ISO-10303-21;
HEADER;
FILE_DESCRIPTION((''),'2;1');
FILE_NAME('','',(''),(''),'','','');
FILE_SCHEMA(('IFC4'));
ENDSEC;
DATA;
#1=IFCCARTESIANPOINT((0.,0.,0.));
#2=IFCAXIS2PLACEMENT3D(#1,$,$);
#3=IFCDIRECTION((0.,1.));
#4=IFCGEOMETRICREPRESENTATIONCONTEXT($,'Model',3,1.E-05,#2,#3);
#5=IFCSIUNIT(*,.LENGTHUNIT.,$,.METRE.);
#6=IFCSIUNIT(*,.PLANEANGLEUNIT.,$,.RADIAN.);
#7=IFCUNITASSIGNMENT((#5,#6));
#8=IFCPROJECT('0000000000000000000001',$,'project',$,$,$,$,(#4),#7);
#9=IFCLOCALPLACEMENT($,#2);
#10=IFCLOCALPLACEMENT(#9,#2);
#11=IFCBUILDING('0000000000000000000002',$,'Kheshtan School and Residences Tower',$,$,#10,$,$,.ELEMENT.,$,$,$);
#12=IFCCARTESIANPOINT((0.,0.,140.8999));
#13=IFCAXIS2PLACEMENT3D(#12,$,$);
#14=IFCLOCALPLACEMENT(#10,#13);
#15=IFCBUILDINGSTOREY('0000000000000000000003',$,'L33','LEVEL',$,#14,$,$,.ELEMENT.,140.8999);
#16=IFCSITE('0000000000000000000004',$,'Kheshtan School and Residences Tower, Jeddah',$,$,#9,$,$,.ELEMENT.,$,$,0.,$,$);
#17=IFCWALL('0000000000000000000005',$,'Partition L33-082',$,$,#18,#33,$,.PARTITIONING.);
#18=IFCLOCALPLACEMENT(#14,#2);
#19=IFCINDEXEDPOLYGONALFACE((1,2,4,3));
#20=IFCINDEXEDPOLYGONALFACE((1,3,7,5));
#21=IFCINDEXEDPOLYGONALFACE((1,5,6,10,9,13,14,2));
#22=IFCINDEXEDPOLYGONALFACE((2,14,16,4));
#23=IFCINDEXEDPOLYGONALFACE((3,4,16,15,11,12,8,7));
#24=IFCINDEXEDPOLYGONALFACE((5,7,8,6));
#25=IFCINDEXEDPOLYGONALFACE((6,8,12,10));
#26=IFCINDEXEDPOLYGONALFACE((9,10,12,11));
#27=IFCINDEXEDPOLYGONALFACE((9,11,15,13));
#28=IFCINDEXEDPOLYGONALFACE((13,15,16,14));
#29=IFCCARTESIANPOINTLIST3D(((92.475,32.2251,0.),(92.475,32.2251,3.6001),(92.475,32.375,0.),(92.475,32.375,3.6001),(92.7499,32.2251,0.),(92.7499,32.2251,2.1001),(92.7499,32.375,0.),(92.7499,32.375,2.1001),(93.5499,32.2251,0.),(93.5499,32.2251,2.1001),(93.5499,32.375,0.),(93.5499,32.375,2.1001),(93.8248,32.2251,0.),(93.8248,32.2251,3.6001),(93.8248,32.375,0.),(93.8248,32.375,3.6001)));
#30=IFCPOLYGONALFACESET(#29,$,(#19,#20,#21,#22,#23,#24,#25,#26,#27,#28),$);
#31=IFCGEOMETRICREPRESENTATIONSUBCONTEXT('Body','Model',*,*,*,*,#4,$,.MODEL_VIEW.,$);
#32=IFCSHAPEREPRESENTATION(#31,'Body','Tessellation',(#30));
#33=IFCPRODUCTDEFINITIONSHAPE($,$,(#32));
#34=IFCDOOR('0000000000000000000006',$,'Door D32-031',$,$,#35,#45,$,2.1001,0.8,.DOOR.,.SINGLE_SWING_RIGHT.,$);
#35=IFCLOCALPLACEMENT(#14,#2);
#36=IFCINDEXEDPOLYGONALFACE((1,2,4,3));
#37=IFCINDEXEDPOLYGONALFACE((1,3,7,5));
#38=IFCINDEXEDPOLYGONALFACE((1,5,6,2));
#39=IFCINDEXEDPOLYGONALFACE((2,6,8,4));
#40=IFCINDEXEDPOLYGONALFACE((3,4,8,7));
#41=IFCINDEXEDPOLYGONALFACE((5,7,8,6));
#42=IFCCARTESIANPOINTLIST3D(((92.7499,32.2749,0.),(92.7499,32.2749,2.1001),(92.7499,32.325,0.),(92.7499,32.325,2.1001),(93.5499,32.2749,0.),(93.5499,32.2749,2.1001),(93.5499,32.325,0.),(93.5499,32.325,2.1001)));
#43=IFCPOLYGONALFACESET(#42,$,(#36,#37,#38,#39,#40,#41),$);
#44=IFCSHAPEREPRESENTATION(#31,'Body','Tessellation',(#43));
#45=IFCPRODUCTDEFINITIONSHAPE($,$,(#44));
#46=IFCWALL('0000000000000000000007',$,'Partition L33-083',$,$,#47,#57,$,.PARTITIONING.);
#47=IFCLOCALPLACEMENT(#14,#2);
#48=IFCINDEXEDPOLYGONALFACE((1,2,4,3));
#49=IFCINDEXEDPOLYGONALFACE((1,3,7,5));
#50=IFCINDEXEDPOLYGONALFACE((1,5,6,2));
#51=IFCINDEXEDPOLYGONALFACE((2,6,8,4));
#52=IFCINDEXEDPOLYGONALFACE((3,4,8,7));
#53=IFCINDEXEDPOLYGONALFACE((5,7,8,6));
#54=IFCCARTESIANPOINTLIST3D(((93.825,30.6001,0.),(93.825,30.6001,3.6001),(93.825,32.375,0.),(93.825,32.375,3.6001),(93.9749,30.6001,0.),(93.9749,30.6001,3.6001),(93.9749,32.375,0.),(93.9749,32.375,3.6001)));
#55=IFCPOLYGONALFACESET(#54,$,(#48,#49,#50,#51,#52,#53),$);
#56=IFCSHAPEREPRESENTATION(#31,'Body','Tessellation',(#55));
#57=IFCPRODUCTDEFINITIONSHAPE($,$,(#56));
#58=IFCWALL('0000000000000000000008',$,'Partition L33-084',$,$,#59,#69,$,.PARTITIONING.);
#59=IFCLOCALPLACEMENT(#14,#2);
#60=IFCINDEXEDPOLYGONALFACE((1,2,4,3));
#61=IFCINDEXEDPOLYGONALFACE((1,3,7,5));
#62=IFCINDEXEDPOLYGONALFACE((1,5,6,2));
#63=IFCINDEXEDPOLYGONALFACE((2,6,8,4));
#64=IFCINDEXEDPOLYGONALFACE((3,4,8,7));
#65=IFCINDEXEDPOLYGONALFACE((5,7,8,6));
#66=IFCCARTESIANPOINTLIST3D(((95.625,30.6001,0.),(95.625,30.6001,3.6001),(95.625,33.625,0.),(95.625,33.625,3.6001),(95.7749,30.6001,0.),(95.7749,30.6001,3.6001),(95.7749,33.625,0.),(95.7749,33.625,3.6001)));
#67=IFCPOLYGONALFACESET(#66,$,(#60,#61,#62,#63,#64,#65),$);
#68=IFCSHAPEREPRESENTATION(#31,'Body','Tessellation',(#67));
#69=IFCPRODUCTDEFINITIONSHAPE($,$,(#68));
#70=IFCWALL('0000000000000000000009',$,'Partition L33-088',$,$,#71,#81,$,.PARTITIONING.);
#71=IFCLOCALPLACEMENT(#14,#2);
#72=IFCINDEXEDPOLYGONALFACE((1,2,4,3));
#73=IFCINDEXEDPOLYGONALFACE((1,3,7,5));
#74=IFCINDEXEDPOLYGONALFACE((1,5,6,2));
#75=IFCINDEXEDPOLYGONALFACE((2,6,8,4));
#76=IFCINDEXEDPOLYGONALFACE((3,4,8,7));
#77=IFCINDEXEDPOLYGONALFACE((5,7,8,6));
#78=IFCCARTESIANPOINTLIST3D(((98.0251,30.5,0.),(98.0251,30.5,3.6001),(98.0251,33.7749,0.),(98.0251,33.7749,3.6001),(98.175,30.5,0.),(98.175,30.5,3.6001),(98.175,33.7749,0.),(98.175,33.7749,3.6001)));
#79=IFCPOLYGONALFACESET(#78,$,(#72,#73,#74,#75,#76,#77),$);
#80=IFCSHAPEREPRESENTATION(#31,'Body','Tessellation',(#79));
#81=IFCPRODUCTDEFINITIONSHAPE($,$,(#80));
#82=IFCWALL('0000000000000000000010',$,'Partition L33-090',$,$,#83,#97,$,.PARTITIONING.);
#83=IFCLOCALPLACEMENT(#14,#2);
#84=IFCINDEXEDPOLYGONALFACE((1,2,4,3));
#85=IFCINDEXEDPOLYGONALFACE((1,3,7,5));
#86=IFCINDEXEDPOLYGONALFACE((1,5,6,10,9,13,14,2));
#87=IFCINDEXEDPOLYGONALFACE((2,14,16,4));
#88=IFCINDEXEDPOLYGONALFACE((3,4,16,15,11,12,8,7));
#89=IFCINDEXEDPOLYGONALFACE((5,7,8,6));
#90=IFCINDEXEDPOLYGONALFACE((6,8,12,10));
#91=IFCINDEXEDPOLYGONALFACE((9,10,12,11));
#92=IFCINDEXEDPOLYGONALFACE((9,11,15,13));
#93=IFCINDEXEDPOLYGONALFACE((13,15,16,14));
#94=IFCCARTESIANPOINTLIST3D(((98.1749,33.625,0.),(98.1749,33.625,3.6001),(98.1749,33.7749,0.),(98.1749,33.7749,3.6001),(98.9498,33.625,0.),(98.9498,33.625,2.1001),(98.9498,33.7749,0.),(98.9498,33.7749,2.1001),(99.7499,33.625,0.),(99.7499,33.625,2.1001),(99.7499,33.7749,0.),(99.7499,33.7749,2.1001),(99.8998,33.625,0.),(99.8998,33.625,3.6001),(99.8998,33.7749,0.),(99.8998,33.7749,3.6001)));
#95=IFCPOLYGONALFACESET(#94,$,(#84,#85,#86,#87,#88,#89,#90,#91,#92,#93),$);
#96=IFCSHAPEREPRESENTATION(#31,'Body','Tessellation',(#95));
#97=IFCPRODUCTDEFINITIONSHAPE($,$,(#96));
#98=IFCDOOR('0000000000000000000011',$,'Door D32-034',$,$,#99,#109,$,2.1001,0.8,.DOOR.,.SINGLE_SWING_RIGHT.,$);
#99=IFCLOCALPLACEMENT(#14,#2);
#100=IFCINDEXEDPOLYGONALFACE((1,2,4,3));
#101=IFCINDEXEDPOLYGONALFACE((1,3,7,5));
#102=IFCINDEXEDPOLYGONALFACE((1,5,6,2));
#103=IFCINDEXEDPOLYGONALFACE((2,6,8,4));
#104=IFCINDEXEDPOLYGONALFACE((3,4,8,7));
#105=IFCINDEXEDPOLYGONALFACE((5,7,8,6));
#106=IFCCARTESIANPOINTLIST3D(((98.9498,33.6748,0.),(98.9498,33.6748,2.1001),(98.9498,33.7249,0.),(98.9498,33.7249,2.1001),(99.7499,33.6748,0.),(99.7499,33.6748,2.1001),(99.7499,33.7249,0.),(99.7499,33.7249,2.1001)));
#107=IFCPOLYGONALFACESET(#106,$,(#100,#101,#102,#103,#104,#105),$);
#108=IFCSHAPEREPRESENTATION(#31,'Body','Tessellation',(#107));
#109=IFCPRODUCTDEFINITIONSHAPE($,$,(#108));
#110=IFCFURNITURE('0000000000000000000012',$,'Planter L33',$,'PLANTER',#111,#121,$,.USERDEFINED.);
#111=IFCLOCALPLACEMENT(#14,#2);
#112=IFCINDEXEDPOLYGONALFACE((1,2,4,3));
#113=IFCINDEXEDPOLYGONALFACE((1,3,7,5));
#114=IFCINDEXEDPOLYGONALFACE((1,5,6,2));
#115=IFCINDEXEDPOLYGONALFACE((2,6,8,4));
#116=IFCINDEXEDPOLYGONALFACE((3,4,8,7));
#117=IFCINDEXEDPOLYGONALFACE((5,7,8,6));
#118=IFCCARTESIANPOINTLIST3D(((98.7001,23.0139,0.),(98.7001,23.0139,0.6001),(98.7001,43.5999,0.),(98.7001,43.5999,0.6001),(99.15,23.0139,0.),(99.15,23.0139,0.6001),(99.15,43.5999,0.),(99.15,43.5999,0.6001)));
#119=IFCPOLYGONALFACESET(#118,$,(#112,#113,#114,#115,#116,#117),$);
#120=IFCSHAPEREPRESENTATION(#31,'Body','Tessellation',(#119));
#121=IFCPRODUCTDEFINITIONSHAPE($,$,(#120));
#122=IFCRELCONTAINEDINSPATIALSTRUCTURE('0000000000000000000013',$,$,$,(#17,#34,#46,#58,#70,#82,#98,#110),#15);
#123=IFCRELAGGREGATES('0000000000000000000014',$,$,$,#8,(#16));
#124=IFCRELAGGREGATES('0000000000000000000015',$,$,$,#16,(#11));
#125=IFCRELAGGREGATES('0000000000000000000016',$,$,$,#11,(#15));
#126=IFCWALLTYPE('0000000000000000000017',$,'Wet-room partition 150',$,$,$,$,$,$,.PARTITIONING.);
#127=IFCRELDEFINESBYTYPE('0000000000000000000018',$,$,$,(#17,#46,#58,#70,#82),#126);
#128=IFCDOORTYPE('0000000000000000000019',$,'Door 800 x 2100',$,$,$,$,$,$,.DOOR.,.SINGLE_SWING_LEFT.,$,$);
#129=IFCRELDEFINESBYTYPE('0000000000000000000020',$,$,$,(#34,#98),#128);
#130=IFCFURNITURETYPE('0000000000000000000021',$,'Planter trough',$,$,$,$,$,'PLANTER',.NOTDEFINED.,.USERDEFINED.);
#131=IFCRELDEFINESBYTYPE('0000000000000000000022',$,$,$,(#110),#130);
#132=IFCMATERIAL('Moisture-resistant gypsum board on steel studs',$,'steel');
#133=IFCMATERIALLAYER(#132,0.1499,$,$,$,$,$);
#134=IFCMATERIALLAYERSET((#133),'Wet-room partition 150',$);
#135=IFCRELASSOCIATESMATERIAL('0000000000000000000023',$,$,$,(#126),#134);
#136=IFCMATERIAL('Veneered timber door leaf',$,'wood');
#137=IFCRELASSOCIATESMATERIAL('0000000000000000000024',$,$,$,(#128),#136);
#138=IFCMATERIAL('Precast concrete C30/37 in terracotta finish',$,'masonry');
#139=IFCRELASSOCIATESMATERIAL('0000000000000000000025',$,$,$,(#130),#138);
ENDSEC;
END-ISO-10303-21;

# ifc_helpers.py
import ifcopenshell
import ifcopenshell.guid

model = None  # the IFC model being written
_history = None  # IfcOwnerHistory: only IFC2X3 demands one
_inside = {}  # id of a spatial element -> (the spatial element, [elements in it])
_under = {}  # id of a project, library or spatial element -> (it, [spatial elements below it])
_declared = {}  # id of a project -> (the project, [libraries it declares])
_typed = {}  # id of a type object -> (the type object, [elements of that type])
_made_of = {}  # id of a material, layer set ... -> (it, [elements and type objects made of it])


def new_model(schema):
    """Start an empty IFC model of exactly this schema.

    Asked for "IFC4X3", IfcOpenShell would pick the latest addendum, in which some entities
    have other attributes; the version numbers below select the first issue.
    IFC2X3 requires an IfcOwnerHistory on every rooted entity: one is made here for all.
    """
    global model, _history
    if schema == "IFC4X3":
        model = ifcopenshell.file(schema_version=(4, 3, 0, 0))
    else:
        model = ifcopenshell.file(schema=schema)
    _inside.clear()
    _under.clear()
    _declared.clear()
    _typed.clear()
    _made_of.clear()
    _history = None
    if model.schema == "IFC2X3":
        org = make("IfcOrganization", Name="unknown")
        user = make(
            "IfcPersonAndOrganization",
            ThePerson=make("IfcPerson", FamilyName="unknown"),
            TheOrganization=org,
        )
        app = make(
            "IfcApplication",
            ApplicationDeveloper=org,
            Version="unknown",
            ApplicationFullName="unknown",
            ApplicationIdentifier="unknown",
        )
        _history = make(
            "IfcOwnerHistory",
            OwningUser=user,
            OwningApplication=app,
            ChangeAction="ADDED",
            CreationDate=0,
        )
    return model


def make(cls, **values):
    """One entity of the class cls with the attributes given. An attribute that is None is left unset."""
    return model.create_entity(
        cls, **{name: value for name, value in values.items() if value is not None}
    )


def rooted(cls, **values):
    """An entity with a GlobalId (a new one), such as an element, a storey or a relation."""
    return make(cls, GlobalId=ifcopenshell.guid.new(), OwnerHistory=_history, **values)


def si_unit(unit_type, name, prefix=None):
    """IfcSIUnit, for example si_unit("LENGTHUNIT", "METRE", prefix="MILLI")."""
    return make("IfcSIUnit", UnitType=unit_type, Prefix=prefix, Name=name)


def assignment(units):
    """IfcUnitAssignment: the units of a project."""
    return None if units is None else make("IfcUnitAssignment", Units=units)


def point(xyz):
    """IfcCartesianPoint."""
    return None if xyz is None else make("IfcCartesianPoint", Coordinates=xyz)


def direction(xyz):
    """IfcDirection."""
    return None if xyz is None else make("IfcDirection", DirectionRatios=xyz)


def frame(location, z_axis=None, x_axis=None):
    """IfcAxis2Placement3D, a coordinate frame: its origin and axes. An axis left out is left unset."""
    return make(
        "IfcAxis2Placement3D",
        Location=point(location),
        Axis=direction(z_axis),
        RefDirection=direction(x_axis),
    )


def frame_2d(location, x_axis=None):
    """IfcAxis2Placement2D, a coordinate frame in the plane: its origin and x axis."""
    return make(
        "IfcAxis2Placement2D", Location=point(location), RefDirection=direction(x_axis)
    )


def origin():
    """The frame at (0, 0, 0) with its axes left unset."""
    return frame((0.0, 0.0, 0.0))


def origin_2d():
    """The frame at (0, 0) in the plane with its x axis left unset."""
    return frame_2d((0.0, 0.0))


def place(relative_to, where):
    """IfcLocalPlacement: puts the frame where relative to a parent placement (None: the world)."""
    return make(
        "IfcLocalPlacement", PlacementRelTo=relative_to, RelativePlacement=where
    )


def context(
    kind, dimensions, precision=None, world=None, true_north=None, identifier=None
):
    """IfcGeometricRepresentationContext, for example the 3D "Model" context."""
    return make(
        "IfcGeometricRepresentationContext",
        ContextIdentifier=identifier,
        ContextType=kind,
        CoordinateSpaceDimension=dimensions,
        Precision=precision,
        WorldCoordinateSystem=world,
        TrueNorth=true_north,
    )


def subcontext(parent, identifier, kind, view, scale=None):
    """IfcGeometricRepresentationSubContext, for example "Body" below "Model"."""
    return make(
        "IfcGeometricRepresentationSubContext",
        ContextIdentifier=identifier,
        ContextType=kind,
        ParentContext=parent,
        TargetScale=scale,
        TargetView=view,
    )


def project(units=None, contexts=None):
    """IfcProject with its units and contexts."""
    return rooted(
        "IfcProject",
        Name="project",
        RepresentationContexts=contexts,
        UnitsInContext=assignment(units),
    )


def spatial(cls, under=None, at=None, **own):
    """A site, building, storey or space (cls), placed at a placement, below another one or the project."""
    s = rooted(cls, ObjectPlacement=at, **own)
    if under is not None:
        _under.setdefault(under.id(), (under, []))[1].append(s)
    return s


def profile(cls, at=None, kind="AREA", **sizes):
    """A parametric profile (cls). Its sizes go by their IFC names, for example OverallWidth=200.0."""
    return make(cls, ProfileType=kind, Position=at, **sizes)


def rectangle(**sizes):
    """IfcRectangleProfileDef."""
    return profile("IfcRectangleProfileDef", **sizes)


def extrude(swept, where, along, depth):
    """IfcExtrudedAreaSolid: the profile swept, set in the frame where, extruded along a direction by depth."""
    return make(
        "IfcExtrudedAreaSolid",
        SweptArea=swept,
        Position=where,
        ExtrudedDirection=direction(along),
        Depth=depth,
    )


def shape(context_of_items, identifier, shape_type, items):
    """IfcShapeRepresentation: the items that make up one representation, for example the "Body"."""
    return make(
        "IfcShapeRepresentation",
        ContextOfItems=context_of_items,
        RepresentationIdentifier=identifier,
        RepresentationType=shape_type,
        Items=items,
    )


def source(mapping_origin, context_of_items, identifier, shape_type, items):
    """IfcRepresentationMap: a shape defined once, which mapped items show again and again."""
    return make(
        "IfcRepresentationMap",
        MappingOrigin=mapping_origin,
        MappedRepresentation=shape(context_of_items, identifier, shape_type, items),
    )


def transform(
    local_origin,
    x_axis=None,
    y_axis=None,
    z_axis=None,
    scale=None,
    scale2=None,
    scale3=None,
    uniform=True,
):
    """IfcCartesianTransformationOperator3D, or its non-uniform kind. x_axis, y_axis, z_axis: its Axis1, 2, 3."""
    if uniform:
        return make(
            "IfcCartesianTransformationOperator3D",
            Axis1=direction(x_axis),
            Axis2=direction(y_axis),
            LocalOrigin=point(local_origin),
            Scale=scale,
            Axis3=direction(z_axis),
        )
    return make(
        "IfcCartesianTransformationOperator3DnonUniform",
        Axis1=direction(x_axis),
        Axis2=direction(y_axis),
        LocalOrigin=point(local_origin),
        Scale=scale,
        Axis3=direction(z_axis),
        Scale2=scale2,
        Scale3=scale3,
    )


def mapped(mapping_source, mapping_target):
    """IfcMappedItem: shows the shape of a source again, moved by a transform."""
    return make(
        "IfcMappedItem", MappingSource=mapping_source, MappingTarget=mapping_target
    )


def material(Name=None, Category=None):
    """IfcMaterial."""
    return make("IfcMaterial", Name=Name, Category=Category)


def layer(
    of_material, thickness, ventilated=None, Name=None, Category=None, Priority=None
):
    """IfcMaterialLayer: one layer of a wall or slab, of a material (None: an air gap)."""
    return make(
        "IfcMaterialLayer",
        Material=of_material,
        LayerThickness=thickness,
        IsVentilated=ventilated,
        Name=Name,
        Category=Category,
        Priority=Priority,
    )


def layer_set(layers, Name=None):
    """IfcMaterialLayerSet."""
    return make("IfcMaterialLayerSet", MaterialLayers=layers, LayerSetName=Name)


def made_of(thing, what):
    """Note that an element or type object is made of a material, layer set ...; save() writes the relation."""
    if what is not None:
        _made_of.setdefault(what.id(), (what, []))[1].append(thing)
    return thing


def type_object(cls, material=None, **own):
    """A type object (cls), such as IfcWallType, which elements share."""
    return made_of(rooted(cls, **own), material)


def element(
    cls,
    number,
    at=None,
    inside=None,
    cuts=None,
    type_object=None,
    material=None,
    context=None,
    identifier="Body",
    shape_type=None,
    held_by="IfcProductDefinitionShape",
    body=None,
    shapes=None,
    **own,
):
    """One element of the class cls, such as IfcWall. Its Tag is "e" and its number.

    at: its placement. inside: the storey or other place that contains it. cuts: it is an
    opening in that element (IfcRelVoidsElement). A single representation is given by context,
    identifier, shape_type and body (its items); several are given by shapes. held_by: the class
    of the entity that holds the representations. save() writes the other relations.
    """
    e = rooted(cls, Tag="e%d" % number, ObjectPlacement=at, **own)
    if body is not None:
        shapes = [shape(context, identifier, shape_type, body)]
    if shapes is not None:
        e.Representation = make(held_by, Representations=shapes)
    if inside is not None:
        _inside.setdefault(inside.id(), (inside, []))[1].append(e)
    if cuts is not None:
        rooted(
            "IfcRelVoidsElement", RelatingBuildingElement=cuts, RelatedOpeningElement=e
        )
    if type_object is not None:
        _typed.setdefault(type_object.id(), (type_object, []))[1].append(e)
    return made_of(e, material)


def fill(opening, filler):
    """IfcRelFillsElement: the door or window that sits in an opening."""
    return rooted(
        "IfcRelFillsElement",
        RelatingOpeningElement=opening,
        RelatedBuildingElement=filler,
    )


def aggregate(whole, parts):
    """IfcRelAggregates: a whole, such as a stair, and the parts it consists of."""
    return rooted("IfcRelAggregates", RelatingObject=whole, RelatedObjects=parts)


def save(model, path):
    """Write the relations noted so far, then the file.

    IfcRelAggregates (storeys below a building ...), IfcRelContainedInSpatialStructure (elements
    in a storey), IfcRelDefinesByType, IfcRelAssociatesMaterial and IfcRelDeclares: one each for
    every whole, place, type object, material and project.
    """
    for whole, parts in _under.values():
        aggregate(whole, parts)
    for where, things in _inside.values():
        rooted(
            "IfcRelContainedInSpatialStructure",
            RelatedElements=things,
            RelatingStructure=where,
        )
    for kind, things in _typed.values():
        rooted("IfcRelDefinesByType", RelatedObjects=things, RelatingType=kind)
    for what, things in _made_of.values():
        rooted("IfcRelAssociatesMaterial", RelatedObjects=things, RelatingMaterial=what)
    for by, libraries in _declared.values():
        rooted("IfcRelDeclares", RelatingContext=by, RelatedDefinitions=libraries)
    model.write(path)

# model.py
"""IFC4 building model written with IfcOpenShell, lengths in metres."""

from ifc_helpers import new_model, si_unit, direction, frame, frame_2d, origin, origin_2d, place, context, subcontext, project, spatial, rectangle, extrude, source, transform, mapped, material, layer, layer_set, type_object, element, fill, save


model = new_model("IFC4")

# Units and contexts
model_context = context("Model", 3, precision=1e-05, world=origin(), true_north=direction((0.0, 1.0)))
body_context = subcontext(model_context, "Body", "Model", "MODEL_VIEW")
ifc_project = project(units=[si_unit("LENGTHUNIT", "METRE"), si_unit("PLANEANGLEUNIT", "RADIAN")], contexts=[model_context])

# Site, building, storey
site_placement = place(None, origin())
site = spatial("IfcSite", under=ifc_project, at=site_placement, Name="Kheshtan School and Residences Tower, Jeddah", CompositionType="ELEMENT", RefElevation=0.0)
building_placement = place(site_placement, origin())
building = spatial("IfcBuilding", under=site, at=building_placement, Name="Kheshtan School and Residences Tower", CompositionType="ELEMENT")
storey_placement = place(building_placement, frame((0.0, 0.0, 140.8999)))
storey = spatial("IfcBuildingStorey", under=building, at=storey_placement, Name="L33", Description="LEVEL", CompositionType="ELEMENT", Elevation=140.8999)

# Shared definitions
ifc_material_1 = material(Name="Moisture-resistant gypsum board on steel studs", Category="steel")
ifc_layer_1 = layer(ifc_material_1, 0.1499)
ifc_layer_set_1 = layer_set([ifc_layer_1], Name="Wet-room partition 150")
wall_type_1 = type_object("IfcWallType", Name="Wet-room partition 150", PredefinedType="PARTITIONING", material=ifc_layer_set_1)

# Wall, opening, door
wall_1_placement = place(storey_placement, frame((92.4751, 32.3, 0.0), z_axis=(0.0, 0.0, 1.0), x_axis=(1.0, 0.0, 0.0)))
wall_1 = element("IfcWall", 1, at=wall_1_placement, inside=storey, type_object=wall_type_1, Name="Partition L33-082", PredefinedType="PARTITIONING", context=body_context, shape_type="SweptSolid", body=[
    extrude(rectangle(XDim=1.3499, YDim=0.1499, at=frame_2d((0.6748, 0.0))), origin(), (0.0, 0.0, 1.0), 3.6001),
])
opening_1_placement = place(wall_1_placement, frame((0.2749, 0.0, 0.0)))
opening_1 = element("IfcOpeningElement", 2, at=opening_1_placement, cuts=wall_1, PredefinedType="OPENING", context=body_context, shape_type="SweptSolid", body=[
    extrude(rectangle(XDim=0.8, YDim=2.1001, at=frame_2d((0.3999, 1.05))), frame((0.0, 0.085, 0.0), z_axis=(0.0, -1.0, 0.0), x_axis=(1.0, 0.0, 0.0)), (0.0, 0.0, 1.0), 0.1699),
])
ifc_material_2 = material(Name="Veneered timber door leaf", Category="wood")
door_type_1 = type_object("IfcDoorType", Name="Door 800 x 2100", OperationType="SINGLE_SWING_LEFT", PredefinedType="DOOR", material=ifc_material_2)
shared_shape_1 = source(origin(), body_context, "Body", "SweptSolid", [
    extrude(rectangle(XDim=0.8, YDim=2.1001, at=frame_2d((0.3999, 1.05))), frame((0.0, 0.0249, 0.0), z_axis=(0.0, -1.0, 0.0), x_axis=(1.0, 0.0, 0.0)), (0.0, 0.0, 1.0), 0.05),
])
door_1_placement = place(opening_1_placement, origin())
door_1 = element("IfcDoor", 3, at=door_1_placement, inside=storey, type_object=door_type_1, Name="Door D32-031", OperationType="SINGLE_SWING_RIGHT", OverallHeight=2.1001, OverallWidth=0.8, PredefinedType="DOOR", context=body_context, shape_type="MappedRepresentation", body=[
    mapped(shared_shape_1, transform((0.0, 0.0, 0.0), x_axis=(1.0, 0.0, 0.0), y_axis=(0.0, 1.0, 0.0), z_axis=(0.0, 0.0, 1.0), scale=1.0)),
])
fill(opening_1, door_1)

# Walls
wall_2_placement = place(storey_placement, frame((93.8999, 30.6001, 0.0), z_axis=(0.0, 0.0, 1.0), x_axis=(0.0, 1.0, 0.0)))
element("IfcWall", 4, at=wall_2_placement, inside=storey, type_object=wall_type_1, Name="Partition L33-083", PredefinedType="PARTITIONING", context=body_context, shape_type="SweptSolid", body=[
    extrude(rectangle(XDim=1.7749, YDim=0.1499, at=frame_2d((0.8875, 0.0))), origin(), (0.0, 0.0, 1.0), 3.6001),
])
wall_3_placement = place(storey_placement, frame((95.7, 30.6001, 0.0), z_axis=(0.0, 0.0, 1.0), x_axis=(0.0, 1.0, 0.0)))
element("IfcWall", 5, at=wall_3_placement, inside=storey, type_object=wall_type_1, Name="Partition L33-084", PredefinedType="PARTITIONING", context=body_context, shape_type="SweptSolid", body=[
    extrude(rectangle(XDim=3.0249, YDim=0.1499, at=frame_2d((1.5125, 0.0))), origin(), (0.0, 0.0, 1.0), 3.6001),
])
wall_4_placement = place(storey_placement, frame((98.1001, 30.5, 0.0), z_axis=(0.0, 0.0, 1.0), x_axis=(0.0, 1.0, 0.0)))
element("IfcWall", 6, at=wall_4_placement, inside=storey, type_object=wall_type_1, Name="Partition L33-088", PredefinedType="PARTITIONING", context=body_context, shape_type="SweptSolid", body=[
    extrude(rectangle(XDim=3.2749, YDim=0.1499, at=frame_2d((1.6375, 0.0))), origin(), (0.0, 0.0, 1.0), 3.6001),
])

# Wall, opening, door
wall_5_placement = place(storey_placement, frame((98.175, 33.7, 0.0), z_axis=(0.0, 0.0, 1.0), x_axis=(1.0, 0.0, 0.0)))
wall_5 = element("IfcWall", 7, at=wall_5_placement, inside=storey, type_object=wall_type_1, Name="Partition L33-090", PredefinedType="PARTITIONING", context=body_context, shape_type="SweptSolid", body=[
    extrude(rectangle(XDim=1.7249, YDim=0.1499, at=frame_2d((0.8623, 0.0))), origin(), (0.0, 0.0, 1.0), 3.6001),
])
opening_2_placement = place(wall_5_placement, frame((0.7749, 0.0, 0.0)))
opening_2 = element("IfcOpeningElement", 8, at=opening_2_placement, cuts=wall_5, PredefinedType="OPENING", context=body_context, shape_type="SweptSolid", body=[
    extrude(rectangle(XDim=0.8, YDim=2.1001, at=frame_2d((0.3999, 1.05))), frame((0.0, 0.085, 0.0), z_axis=(0.0, -1.0, 0.0), x_axis=(1.0, 0.0, 0.0)), (0.0, 0.0, 1.0), 0.1699),
])
door_2_placement = place(opening_2_placement, origin())
door_2 = element("IfcDoor", 9, at=door_2_placement, inside=storey, type_object=door_type_1, Name="Door D32-034", OperationType="SINGLE_SWING_RIGHT", OverallHeight=2.1001, OverallWidth=0.8, PredefinedType="DOOR", context=body_context, shape_type="MappedRepresentation", body=[
    mapped(shared_shape_1, transform((0.0, 0.0, 0.0), x_axis=(1.0, 0.0, 0.0), y_axis=(0.0, 1.0, 0.0), z_axis=(0.0, 0.0, 1.0), scale=1.0)),
])
fill(opening_2, door_2)

# Furniture
ifc_material_3 = material(Name="Precast concrete C30/37 in terracotta finish", Category="masonry")
furniture_type = type_object("IfcFurnitureType", Name="Planter trough", ElementType="PLANTER", AssemblyPlace="NOTDEFINED", PredefinedType="USERDEFINED", material=ifc_material_3)
furniture_placement = place(storey_placement, frame((98.925, 33.3069, 0.0), z_axis=(0.0, 0.0, 1.0), x_axis=(0.0, -1.0, 0.0)))
element("IfcFurniture", 10, at=furniture_placement, inside=storey, type_object=furniture_type, Name="Planter L33", ObjectType="PLANTER", PredefinedType="USERDEFINED", context=body_context, shape_type="SweptSolid", body=[
    extrude(rectangle(XDim=20.5859, YDim=0.45, at=origin_2d()), origin(), (0.0, 0.0, 1.0), 0.6001),
])

save(model, "model.ifc")
